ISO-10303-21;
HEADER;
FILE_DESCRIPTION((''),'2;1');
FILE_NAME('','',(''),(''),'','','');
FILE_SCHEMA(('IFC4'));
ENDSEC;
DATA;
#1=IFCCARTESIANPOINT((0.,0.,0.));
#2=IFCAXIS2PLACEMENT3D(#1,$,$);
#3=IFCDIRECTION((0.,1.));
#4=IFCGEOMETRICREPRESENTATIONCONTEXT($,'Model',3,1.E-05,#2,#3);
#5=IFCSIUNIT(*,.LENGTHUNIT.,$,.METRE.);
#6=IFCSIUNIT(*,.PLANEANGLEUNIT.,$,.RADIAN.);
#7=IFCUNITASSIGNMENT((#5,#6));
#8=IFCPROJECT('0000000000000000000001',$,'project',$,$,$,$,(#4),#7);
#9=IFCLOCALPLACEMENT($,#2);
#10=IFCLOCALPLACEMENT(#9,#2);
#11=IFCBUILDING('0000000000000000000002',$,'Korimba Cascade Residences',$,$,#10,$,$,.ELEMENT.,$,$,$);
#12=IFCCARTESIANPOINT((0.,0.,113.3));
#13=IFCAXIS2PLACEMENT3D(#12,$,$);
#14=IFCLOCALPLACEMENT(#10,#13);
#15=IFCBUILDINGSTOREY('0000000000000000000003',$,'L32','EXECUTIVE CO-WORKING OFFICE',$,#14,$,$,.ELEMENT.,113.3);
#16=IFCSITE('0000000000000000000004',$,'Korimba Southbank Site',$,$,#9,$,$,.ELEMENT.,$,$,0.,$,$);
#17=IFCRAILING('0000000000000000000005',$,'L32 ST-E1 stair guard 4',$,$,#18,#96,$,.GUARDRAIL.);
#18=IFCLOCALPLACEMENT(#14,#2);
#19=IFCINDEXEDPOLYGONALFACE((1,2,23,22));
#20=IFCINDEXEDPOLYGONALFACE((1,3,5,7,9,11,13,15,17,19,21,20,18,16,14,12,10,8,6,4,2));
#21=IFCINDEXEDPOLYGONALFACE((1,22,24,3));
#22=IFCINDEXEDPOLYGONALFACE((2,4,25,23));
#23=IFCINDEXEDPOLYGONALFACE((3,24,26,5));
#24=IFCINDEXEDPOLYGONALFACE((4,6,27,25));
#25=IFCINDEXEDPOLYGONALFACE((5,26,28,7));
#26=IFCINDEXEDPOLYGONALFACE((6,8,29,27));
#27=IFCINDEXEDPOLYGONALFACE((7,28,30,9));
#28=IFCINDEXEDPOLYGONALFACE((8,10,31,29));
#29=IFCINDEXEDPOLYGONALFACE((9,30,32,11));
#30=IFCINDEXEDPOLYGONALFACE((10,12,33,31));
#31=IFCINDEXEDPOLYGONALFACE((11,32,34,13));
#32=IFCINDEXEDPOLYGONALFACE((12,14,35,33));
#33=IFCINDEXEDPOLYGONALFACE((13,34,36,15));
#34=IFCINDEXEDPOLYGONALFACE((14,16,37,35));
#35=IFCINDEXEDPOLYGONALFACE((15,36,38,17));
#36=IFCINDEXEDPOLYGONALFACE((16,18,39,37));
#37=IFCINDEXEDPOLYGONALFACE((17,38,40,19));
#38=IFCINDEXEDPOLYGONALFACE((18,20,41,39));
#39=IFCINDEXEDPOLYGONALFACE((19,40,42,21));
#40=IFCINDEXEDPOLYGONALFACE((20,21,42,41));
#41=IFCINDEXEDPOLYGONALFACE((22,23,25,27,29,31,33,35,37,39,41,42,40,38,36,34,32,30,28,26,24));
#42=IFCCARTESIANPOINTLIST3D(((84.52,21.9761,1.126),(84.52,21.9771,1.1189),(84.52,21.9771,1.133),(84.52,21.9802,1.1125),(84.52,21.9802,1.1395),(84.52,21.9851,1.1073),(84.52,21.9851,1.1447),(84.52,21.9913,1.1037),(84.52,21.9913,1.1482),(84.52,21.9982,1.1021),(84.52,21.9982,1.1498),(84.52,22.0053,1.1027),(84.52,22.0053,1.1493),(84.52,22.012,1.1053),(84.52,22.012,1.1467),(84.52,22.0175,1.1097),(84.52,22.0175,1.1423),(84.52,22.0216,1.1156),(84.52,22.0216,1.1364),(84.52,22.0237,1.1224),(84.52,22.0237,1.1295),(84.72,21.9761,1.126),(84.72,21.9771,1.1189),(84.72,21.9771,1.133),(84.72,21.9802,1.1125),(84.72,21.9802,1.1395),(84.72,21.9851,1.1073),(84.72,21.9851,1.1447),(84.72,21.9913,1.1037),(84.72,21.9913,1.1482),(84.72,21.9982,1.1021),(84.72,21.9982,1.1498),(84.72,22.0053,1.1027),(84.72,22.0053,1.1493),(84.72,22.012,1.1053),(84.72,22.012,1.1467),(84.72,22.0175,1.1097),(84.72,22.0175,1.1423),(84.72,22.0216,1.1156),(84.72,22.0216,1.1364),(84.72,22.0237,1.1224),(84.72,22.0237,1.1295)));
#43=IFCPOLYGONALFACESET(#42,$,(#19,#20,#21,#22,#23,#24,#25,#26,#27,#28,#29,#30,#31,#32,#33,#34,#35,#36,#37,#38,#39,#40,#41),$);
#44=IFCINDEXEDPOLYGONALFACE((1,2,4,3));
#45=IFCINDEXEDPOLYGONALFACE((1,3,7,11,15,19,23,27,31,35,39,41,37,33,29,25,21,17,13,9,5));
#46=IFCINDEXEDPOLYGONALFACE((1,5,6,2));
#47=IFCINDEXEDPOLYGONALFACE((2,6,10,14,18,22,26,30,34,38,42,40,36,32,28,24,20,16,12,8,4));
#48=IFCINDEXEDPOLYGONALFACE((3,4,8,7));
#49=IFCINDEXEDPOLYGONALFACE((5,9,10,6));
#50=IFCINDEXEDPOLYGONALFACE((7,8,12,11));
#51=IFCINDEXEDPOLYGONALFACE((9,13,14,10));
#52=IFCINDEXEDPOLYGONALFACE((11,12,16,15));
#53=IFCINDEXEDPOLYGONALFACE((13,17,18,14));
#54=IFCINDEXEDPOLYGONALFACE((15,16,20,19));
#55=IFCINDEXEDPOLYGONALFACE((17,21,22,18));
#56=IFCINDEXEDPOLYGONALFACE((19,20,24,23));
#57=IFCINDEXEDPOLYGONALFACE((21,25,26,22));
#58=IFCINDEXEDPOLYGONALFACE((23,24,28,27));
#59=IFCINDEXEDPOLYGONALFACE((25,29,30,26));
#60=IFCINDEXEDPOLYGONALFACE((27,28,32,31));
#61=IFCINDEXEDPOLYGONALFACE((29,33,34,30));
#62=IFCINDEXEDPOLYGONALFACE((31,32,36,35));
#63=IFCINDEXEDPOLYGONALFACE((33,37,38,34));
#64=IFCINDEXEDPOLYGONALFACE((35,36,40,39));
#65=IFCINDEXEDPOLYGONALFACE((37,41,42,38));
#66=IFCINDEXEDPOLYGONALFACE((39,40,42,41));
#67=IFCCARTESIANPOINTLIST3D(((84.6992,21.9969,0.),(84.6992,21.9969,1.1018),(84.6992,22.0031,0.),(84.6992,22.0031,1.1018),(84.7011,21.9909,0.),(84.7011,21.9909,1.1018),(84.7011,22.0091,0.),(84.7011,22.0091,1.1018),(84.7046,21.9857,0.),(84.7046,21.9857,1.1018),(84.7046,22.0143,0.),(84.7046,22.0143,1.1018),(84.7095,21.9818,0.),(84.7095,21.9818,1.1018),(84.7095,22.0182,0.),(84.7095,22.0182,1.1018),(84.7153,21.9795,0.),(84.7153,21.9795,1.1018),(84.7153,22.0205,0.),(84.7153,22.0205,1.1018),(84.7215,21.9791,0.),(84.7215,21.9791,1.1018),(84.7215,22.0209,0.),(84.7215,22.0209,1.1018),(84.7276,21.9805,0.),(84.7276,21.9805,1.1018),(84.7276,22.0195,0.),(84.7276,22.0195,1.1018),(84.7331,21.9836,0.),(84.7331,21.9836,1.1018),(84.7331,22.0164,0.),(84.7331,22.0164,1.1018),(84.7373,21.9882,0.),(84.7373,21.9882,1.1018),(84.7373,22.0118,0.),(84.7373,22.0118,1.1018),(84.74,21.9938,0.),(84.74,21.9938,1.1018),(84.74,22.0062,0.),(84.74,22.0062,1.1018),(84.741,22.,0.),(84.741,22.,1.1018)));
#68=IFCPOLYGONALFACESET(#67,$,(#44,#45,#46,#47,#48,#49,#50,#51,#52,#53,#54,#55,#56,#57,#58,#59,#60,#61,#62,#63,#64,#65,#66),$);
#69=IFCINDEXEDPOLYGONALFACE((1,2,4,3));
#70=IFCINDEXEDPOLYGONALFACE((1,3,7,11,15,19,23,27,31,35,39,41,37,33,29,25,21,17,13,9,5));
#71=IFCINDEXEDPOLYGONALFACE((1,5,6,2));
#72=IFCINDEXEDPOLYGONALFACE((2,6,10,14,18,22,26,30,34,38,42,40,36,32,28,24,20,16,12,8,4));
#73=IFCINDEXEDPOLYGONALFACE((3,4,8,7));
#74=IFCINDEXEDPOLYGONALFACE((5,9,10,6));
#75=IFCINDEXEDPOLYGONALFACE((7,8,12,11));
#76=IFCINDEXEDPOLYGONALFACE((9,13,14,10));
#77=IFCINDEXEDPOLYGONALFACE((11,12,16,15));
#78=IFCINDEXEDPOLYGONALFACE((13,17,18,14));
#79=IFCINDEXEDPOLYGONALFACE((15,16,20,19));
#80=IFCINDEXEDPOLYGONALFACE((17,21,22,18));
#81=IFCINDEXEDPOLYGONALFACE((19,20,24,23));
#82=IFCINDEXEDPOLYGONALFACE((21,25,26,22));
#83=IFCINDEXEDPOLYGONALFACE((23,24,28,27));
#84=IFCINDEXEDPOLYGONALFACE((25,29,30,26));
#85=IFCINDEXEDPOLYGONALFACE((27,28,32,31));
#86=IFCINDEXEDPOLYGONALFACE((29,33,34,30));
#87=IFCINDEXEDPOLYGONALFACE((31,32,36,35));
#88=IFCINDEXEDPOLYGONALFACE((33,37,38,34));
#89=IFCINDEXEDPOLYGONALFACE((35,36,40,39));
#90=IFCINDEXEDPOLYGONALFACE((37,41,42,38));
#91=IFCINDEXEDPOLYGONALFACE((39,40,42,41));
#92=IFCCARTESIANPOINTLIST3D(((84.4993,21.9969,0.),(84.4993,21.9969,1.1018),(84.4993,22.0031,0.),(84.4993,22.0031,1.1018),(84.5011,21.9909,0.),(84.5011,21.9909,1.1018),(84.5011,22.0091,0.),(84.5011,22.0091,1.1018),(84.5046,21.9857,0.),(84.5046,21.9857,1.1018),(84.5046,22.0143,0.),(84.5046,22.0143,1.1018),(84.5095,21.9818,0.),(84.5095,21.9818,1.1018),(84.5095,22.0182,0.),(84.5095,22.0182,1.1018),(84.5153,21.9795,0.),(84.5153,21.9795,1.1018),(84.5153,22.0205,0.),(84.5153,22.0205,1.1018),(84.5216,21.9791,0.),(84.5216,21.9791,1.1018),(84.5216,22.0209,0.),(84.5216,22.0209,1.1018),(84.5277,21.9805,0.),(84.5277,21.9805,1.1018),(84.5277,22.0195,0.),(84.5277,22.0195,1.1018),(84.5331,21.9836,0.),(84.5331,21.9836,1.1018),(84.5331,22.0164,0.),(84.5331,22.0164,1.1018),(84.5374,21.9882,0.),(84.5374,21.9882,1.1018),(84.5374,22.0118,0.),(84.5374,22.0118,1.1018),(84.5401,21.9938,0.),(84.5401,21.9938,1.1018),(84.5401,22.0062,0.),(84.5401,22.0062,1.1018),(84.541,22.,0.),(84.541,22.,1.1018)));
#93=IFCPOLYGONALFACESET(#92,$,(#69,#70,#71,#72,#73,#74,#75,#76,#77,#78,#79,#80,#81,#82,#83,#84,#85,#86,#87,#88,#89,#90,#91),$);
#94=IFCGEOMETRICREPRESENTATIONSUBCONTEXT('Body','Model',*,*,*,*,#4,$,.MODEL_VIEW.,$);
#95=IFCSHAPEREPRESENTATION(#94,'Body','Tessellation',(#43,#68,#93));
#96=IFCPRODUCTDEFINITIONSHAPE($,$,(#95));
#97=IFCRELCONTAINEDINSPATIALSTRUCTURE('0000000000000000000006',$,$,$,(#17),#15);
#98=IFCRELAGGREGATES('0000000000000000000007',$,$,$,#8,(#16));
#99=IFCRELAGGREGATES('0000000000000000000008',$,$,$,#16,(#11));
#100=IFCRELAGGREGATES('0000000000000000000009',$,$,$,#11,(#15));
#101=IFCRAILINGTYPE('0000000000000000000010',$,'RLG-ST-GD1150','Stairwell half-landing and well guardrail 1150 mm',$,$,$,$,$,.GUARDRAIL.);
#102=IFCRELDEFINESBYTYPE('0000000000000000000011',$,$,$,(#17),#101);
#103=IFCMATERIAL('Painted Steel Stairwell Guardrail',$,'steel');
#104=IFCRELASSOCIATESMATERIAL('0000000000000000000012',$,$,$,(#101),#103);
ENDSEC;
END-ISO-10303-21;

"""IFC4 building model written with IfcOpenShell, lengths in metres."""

from ifc_helpers import new_model, si_unit, direction, frame, origin, origin_2d, place, context, subcontext, project, spatial, circle, extrude, material, type_object, element, save


model = new_model("IFC4")

# Units and contexts
model_context = context("Model", 3, precision=1e-05, world=origin(), true_north=direction((0.0, 1.0)))
body_context = subcontext(model_context, "Body", "Model", "MODEL_VIEW")
ifc_project = project(units=[si_unit("LENGTHUNIT", "METRE"), si_unit("PLANEANGLEUNIT", "RADIAN")], contexts=[model_context])

# Site, building, storey
site_placement = place(None, origin())
site = spatial("IfcSite", under=ifc_project, at=site_placement, Name="Korimba Southbank Site", CompositionType="ELEMENT", RefElevation=0.0)
building_placement = place(site_placement, origin())
building = spatial("IfcBuilding", under=site, at=building_placement, Name="Korimba Cascade Residences", CompositionType="ELEMENT")
storey_placement = place(building_placement, frame((0.0, 0.0, 113.3)))
storey = spatial("IfcBuildingStorey", under=building, at=storey_placement, Name="L32", Description="EXECUTIVE CO-WORKING OFFICE", CompositionType="ELEMENT", Elevation=113.3)

# Railing
ifc_material_1 = material(Name="Painted Steel Stairwell Guardrail", Category="steel")
railing_type_1 = type_object("IfcRailingType", Name="RLG-ST-GD1150", Description="Stairwell half-landing and well guardrail 1150 mm", PredefinedType="GUARDRAIL", material=ifc_material_1)
railing_1_placement = place(storey_placement, frame((84.72, 22.0, 0.0)))
element("IfcRailing", 1, at=railing_1_placement, inside=storey, type_object=railing_type_1, Name="L32 ST-E1 stair guard 4", PredefinedType="GUARDRAIL", context=body_context, shape_type="SweptSolid", body=[
    extrude(circle(Radius=0.0239, at=origin_2d()), frame((0.0, 0.0, 1.126), z_axis=(-1.0, 0.0, 0.0), x_axis=(0.0, -1.0, 0.0)), (0.0, 0.0, 1.0), 0.2),
    extrude(circle(Radius=0.021, at=origin_2d()), origin(), (0.0, 0.0, 1.0), 1.1018),
    extrude(circle(Radius=0.021, at=origin_2d()), frame((-0.2, 0.0, 0.0)), (0.0, 0.0, 1.0), 1.1018),
])

save(model, "model.ifc")
